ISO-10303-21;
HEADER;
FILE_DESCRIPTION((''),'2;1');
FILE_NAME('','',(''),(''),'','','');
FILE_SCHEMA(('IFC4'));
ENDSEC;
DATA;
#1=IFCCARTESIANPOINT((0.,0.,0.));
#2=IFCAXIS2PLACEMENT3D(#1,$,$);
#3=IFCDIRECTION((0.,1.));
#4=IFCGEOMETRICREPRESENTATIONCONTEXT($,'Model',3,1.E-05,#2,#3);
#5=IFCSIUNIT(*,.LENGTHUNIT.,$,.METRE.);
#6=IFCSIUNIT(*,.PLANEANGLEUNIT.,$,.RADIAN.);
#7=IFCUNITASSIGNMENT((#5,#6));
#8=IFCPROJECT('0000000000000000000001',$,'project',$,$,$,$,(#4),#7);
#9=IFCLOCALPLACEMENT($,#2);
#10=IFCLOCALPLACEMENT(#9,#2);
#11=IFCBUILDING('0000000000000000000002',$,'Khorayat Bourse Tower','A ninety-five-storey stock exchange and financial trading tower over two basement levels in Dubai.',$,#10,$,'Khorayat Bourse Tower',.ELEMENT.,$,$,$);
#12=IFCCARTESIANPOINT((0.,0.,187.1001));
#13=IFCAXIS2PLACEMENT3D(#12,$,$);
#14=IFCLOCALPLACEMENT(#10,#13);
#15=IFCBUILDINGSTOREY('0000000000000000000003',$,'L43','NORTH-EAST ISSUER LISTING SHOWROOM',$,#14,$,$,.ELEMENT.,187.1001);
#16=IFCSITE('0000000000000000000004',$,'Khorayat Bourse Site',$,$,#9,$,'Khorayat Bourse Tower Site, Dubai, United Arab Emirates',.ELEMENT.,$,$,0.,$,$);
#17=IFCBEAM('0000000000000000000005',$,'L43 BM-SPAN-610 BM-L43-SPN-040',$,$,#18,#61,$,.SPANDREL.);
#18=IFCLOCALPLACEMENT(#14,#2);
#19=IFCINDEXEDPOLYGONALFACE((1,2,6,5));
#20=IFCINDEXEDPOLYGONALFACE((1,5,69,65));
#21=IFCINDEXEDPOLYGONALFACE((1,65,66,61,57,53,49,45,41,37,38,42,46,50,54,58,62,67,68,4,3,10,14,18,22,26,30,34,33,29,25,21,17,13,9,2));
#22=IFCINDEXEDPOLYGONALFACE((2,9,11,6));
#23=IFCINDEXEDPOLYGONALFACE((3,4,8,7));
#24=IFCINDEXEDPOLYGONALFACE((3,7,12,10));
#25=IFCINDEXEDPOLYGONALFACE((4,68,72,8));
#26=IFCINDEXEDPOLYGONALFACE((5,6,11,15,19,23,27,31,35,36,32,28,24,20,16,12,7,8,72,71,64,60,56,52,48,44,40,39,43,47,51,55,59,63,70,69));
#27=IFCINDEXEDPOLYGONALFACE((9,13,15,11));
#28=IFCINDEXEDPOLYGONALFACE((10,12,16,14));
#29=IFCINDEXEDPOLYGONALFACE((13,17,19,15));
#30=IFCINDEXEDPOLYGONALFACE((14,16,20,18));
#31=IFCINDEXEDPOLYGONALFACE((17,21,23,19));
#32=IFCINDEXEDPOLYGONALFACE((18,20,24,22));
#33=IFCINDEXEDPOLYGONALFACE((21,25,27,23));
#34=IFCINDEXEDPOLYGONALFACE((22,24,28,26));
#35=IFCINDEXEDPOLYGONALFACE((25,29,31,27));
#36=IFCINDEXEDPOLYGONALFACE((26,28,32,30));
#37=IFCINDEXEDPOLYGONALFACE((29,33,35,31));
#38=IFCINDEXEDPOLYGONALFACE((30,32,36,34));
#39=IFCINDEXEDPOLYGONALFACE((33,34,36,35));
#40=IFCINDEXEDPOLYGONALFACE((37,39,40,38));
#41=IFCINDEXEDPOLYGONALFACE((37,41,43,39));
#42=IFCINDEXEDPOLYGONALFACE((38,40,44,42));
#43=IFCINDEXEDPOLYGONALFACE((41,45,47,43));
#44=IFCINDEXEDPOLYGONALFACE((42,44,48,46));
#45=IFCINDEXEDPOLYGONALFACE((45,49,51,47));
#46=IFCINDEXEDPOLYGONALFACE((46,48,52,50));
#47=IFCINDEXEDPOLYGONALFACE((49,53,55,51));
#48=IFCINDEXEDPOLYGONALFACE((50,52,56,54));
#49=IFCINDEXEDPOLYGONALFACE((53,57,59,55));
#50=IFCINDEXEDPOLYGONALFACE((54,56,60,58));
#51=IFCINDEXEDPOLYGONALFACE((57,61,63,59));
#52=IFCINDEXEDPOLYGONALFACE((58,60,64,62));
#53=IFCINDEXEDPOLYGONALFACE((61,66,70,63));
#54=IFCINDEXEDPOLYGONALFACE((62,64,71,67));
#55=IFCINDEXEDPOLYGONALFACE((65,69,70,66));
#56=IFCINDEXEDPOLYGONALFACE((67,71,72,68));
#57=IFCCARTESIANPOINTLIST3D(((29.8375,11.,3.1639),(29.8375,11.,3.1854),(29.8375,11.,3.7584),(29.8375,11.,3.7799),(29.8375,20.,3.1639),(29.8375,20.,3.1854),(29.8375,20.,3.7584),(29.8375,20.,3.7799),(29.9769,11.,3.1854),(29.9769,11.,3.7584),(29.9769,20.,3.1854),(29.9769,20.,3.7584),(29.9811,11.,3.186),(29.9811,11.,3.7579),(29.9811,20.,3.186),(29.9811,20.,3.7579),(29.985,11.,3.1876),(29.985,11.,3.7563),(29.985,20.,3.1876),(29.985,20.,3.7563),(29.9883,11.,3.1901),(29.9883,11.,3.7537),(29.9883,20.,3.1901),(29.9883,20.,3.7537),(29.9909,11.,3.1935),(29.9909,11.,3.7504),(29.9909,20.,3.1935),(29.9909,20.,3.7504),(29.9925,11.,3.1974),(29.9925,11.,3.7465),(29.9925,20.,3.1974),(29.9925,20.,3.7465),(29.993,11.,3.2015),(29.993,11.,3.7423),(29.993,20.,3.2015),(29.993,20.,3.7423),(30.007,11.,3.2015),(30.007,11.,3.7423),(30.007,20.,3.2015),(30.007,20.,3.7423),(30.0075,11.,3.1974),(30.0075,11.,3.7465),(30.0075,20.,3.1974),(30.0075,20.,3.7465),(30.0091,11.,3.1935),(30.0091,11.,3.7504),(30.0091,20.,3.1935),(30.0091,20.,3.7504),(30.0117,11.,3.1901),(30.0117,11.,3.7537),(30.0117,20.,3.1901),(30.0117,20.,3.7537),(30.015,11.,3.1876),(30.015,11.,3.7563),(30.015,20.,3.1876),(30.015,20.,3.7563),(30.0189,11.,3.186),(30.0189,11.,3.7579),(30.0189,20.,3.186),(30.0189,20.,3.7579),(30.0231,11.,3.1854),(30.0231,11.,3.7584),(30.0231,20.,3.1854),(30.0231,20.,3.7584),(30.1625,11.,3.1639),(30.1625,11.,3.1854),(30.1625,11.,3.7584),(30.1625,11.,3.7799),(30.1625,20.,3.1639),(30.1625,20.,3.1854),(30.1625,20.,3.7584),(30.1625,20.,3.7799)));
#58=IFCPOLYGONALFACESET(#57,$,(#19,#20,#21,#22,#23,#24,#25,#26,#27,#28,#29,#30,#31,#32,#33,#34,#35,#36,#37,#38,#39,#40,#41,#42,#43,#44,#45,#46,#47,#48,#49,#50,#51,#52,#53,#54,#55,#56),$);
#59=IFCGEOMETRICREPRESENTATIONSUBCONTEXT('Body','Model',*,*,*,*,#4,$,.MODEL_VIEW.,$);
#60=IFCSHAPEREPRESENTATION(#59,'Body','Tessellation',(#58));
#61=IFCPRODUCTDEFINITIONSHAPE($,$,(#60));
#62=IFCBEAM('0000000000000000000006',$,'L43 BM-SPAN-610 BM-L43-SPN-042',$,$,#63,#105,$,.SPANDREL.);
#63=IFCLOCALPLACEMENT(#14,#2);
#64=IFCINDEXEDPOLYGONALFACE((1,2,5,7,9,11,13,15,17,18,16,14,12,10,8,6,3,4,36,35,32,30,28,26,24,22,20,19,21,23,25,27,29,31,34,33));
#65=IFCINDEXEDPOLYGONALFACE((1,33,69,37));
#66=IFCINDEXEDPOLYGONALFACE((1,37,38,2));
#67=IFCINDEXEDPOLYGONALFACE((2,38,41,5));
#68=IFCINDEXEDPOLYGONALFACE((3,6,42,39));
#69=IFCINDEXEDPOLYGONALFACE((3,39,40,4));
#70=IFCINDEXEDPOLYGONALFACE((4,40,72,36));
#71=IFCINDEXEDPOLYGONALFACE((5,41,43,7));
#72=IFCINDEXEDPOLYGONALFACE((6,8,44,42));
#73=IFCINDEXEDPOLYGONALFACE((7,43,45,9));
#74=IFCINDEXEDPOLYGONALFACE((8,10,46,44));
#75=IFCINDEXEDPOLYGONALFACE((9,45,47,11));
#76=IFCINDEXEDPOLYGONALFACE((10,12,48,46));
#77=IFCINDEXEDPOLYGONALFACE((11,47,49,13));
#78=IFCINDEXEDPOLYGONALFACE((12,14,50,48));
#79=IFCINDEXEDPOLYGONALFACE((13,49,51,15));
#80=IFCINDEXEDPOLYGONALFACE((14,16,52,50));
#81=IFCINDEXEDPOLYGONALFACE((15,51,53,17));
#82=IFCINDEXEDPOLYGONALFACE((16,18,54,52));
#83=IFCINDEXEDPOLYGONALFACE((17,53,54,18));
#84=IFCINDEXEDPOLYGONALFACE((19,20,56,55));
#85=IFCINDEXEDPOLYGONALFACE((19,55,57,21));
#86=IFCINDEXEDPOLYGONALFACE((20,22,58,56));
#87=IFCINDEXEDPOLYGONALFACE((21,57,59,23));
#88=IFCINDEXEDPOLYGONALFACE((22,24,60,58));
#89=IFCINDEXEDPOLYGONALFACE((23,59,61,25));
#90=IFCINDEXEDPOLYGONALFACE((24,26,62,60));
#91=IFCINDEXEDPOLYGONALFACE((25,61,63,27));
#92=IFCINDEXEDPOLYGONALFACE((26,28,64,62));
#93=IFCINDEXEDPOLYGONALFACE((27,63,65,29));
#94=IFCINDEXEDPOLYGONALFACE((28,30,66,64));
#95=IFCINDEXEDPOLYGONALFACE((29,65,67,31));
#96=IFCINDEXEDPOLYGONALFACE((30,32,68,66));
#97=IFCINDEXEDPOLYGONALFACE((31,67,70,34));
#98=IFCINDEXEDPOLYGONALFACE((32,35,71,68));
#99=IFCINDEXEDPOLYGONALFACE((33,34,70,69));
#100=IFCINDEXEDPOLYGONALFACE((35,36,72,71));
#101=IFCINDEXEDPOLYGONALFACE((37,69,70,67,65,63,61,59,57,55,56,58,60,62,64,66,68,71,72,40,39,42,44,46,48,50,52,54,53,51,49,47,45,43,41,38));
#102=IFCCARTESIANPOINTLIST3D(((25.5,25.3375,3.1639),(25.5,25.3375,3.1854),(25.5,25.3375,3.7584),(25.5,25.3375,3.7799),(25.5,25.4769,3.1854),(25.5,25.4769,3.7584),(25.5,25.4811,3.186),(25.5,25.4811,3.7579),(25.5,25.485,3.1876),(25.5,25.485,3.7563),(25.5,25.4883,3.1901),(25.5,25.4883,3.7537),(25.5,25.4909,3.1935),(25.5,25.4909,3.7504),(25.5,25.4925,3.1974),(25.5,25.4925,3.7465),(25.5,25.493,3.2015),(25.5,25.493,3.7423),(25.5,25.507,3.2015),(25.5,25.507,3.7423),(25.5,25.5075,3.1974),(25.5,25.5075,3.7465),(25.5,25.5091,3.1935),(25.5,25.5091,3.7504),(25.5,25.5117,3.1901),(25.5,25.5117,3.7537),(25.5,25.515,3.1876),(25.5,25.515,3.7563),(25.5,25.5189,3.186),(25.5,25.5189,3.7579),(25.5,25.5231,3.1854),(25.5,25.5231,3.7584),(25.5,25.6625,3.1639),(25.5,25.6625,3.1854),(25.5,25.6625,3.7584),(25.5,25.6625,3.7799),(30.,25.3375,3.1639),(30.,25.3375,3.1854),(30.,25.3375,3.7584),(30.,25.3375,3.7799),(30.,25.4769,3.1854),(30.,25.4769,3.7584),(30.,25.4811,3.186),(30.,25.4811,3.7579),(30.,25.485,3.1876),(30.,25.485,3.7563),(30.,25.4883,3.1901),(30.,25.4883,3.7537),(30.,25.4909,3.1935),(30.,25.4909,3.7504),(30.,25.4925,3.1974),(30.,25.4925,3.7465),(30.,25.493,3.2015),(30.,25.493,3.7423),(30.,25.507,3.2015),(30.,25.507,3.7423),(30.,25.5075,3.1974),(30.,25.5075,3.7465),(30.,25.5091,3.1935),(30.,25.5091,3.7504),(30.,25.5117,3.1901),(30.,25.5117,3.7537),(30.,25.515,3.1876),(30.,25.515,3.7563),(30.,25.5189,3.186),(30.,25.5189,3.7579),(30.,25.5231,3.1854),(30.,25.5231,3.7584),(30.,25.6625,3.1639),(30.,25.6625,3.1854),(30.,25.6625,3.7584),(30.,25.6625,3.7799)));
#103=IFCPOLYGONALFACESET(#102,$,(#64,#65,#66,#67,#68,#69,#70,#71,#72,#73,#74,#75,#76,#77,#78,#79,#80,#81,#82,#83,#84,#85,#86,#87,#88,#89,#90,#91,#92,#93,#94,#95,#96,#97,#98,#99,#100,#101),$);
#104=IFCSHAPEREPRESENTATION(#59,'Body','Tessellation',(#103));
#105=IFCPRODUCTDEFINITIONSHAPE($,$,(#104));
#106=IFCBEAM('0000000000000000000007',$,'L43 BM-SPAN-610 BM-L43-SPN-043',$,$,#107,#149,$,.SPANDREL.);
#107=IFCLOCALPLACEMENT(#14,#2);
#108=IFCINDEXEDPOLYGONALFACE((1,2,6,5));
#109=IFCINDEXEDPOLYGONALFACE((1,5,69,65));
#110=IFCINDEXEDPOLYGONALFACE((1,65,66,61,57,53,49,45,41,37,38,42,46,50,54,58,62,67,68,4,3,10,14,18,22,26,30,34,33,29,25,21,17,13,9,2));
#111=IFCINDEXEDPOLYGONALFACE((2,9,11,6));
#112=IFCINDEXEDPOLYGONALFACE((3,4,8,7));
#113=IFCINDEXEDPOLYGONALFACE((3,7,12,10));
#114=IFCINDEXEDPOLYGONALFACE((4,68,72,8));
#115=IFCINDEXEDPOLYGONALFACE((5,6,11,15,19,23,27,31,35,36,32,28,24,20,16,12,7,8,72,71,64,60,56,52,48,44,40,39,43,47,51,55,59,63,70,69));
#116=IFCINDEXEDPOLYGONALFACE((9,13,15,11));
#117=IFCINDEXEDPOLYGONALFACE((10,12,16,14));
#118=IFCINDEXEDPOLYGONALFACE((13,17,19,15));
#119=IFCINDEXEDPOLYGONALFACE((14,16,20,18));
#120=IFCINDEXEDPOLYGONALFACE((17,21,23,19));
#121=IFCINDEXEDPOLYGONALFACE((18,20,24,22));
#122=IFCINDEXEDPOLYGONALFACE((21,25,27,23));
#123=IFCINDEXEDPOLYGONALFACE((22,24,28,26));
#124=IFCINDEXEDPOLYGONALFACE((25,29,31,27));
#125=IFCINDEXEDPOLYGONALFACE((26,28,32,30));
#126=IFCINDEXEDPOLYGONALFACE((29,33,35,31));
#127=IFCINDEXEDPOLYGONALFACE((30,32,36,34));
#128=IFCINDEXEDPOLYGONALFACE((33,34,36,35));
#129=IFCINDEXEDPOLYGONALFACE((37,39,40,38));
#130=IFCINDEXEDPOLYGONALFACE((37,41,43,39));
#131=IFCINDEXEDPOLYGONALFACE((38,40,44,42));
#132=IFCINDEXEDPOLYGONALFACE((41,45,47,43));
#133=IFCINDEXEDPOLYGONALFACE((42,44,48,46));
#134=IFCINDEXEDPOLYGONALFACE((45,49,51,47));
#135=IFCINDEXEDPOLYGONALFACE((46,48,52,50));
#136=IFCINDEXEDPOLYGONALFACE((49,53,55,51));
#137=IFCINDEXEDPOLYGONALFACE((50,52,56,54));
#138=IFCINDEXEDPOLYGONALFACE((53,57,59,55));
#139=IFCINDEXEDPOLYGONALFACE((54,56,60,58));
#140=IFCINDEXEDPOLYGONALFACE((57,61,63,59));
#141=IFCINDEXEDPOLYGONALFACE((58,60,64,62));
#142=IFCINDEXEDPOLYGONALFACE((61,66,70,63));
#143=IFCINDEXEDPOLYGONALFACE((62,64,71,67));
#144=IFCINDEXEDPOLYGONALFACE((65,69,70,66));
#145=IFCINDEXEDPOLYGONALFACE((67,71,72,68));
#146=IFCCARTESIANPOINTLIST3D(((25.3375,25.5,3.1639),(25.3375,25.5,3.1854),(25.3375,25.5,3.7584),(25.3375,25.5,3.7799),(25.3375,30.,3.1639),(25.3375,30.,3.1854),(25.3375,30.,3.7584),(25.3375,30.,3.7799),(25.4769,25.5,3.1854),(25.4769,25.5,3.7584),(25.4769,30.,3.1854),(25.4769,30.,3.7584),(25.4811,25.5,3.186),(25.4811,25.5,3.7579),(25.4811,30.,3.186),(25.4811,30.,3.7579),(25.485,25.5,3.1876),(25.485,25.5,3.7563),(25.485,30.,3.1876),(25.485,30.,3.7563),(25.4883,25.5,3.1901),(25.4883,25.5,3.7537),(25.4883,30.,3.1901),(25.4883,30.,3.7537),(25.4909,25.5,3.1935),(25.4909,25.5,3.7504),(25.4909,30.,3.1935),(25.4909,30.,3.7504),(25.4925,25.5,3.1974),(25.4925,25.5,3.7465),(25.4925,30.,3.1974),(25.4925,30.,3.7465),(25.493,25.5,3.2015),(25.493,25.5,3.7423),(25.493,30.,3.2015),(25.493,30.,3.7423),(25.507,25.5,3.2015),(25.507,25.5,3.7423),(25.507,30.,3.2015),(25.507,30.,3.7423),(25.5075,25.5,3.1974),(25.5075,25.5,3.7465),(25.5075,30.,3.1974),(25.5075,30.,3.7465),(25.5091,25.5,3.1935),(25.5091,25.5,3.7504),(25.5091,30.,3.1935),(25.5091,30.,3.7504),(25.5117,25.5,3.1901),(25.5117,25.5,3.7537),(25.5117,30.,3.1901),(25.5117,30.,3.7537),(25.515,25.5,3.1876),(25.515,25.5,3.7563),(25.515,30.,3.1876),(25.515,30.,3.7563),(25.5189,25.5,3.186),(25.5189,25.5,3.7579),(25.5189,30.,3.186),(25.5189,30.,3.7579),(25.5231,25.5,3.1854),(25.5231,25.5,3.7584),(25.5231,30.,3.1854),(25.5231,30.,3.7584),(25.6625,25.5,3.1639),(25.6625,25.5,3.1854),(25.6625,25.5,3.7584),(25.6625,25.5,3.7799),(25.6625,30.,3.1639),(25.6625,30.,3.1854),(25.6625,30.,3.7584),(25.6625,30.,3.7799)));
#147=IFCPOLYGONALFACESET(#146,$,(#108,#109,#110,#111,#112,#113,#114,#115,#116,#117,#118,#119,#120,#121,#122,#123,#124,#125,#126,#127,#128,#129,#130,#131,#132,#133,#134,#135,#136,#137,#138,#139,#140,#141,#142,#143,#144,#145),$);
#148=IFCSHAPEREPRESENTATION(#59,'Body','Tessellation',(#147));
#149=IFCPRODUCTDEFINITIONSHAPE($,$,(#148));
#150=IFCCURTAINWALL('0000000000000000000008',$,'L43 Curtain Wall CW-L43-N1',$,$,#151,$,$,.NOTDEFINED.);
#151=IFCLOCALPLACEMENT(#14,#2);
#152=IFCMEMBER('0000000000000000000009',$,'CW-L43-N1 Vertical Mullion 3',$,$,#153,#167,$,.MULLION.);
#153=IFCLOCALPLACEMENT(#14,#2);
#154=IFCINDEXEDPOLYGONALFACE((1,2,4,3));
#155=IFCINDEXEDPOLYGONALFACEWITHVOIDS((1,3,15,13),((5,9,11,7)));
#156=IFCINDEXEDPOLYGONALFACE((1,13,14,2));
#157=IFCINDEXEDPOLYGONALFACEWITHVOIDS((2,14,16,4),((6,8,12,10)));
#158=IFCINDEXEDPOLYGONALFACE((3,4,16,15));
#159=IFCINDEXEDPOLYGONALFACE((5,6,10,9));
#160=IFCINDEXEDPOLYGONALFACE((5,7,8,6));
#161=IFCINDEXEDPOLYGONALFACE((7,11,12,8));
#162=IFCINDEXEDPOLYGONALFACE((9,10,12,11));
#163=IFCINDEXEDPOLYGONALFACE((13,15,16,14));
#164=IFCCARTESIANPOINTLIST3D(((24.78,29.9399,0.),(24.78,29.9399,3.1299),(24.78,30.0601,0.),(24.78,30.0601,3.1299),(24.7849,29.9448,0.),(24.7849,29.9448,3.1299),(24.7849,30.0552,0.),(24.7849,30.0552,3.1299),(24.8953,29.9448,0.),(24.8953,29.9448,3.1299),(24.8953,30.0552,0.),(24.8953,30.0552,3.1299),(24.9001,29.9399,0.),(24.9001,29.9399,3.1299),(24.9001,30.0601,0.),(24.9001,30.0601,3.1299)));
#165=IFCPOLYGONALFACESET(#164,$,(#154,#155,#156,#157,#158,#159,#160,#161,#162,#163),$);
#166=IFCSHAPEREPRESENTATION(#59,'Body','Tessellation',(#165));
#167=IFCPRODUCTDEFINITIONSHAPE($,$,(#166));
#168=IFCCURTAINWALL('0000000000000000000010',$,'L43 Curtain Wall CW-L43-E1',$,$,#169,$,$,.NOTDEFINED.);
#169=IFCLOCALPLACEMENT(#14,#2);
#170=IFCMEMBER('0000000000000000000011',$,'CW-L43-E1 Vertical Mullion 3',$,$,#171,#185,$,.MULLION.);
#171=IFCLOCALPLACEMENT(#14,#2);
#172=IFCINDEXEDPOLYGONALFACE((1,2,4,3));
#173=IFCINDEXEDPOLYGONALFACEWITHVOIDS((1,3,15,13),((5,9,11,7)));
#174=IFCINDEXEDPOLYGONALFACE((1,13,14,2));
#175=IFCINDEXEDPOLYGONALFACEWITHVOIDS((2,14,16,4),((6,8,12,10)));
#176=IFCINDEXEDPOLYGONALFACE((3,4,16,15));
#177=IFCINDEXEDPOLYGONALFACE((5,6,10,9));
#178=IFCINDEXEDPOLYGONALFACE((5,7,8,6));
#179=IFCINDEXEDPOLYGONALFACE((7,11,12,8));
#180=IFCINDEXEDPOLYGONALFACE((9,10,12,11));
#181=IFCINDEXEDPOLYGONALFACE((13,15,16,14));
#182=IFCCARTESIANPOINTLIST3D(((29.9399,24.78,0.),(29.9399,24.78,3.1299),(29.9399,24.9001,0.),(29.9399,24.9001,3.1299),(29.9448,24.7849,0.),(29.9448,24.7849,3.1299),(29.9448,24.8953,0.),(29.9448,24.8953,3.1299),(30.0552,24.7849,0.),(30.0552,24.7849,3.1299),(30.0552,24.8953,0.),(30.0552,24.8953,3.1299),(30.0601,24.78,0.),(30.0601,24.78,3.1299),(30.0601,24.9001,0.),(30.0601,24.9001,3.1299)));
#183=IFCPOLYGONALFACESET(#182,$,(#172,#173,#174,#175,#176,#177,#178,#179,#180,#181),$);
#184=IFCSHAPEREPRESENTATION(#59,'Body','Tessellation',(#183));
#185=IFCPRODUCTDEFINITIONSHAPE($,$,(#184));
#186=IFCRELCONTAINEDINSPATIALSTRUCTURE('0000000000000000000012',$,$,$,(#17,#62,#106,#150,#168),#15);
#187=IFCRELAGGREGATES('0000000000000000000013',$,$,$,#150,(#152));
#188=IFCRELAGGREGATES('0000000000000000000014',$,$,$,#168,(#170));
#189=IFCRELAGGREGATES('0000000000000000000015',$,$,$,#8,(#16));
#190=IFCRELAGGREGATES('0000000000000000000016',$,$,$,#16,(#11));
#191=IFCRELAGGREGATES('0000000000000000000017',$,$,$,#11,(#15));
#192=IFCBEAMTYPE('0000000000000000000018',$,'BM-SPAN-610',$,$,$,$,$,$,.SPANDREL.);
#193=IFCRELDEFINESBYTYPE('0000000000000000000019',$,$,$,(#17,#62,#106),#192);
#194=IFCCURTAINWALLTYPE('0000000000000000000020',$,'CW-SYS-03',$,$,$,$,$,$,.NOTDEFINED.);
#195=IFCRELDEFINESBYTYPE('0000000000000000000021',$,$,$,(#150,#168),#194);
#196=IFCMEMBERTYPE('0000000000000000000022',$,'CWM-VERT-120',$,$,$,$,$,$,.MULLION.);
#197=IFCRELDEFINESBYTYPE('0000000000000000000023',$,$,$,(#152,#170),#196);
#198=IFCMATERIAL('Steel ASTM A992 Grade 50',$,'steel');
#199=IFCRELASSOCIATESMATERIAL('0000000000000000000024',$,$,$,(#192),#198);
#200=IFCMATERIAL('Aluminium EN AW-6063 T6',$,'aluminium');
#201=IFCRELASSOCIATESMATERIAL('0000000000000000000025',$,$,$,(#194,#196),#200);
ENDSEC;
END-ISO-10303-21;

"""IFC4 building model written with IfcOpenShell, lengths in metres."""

from ifc_helpers import new_model, si_unit, direction, frame, origin, origin_2d, place, context, subcontext, project, spatial, hollow_rectangle, i_section, extrude, source, transform, mapped, material, material_profile, profile_set, type_object, element, aggregate, save


model = new_model("IFC4")

# Units and contexts
model_context = context("Model", 3, precision=1e-05, world=origin(), true_north=direction((0.0, 1.0)))
body_context = subcontext(model_context, "Body", "Model", "MODEL_VIEW")
ifc_project = project(units=[si_unit("LENGTHUNIT", "METRE"), si_unit("PLANEANGLEUNIT", "RADIAN")], contexts=[model_context])

# Site, building, storey
site_placement = place(None, origin())
site = spatial("IfcSite", under=ifc_project, at=site_placement, Name="Khorayat Bourse Site", LongName="Khorayat Bourse Tower Site, Dubai, United Arab Emirates", CompositionType="ELEMENT", RefElevation=0.0)
building_placement = place(site_placement, origin())
building = spatial("IfcBuilding", under=site, at=building_placement, Name="Khorayat Bourse Tower", Description="A ninety-five-storey stock exchange and financial trading tower over two basement levels in Dubai.", LongName="Khorayat Bourse Tower", CompositionType="ELEMENT")
storey_placement = place(building_placement, frame((0.0, 0.0, 187.1001)))
storey = spatial("IfcBuildingStorey", under=building, at=storey_placement, Name="L43", Description="NORTH-EAST ISSUER LISTING SHOWROOM", CompositionType="ELEMENT", Elevation=187.1001)

# Beams
ifc_material_1 = material(Name="Steel ASTM A992 Grade 50", Category="steel")
ifc_material_profile_1 = material_profile(ifc_material_1, i_section(OverallWidth=0.325, OverallDepth=0.616, WebThickness=0.0139, FlangeThickness=0.0215, FilletRadius=0.0161, at=origin_2d()), Name="W610X174")
ifc_profile_set_1 = profile_set([ifc_material_profile_1], Name="Steel ASTM A992 Grade 50")
beam_type_1 = type_object("IfcBeamType", Name="BM-SPAN-610", PredefinedType="SPANDREL", material=ifc_profile_set_1)
shared_shape_1 = source(origin(), body_context, "Body", "SweptSolid", [
    extrude(i_section(OverallWidth=0.325, OverallDepth=0.616, WebThickness=0.0139, FlangeThickness=0.0215, FilletRadius=0.0161, at=origin_2d()), origin(), (0.0, 0.0, 1.0), 9.0),
])
beam_1_placement = place(storey_placement, frame((30.0, 11.0, 3.4719), z_axis=(0.0, 1.0, 0.0), x_axis=(-1.0, 0.0, 0.0)))
element("IfcBeam", 1, at=beam_1_placement, inside=storey, type_object=beam_type_1, Name="L43 BM-SPAN-610 BM-L43-SPN-040", PredefinedType="SPANDREL", context=body_context, shape_type="MappedRepresentation", body=[
    mapped(shared_shape_1, transform((0.0, 0.0, 0.0), scale=1.0)),
])
shared_shape_2 = source(origin(), body_context, "Body", "SweptSolid", [
    extrude(i_section(OverallWidth=0.325, OverallDepth=0.616, WebThickness=0.0139, FlangeThickness=0.0215, FilletRadius=0.0161, at=origin_2d()), origin(), (0.0, 0.0, 1.0), 4.5),
])
for number, where, z_axis, x_axis, name in (
    (2, (25.5, 25.5, 3.4719), (1.0, 0.0, 0.0), (0.0, 1.0, 0.0), "L43 BM-SPAN-610 BM-L43-SPN-042"),
    (3, (25.5, 25.5, 3.4719), (0.0, 1.0, 0.0), (-1.0, 0.0, 0.0), "L43 BM-SPAN-610 BM-L43-SPN-043"),
):
    element("IfcBeam", number, at=place(storey_placement, frame(where, z_axis=z_axis, x_axis=x_axis)), inside=storey, type_object=beam_type_1, Name=name, PredefinedType="SPANDREL", context=body_context, shape_type="MappedRepresentation", body=[
        mapped(shared_shape_2, transform((0.0, 0.0, 0.0), scale=1.0)),
    ])

# Curtain wall, member
ifc_material_2 = material(Name="Aluminium EN AW-6063 T6", Category="aluminium")
curtain_wall_type = type_object("IfcCurtainWallType", Name="CW-SYS-03", PredefinedType="NOTDEFINED", material=ifc_material_2)
curtain_wall_1_placement = place(storey_placement, origin())
curtain_wall_1 = element("IfcCurtainWall", 4, at=curtain_wall_1_placement, inside=storey, type_object=curtain_wall_type, Name="L43 Curtain Wall CW-L43-N1", PredefinedType="NOTDEFINED")
ifc_material_profile_2 = material_profile(ifc_material_2, hollow_rectangle(XDim=0.1201, YDim=0.1201, WallThickness=0.0049, at=origin_2d()), Name="ALU 120x120x5")
ifc_profile_set_2 = profile_set([ifc_material_profile_2], Name="Aluminium EN AW-6063 T6")
member_type_1 = type_object("IfcMemberType", Name="CWM-VERT-120", PredefinedType="MULLION", material=ifc_profile_set_2)
shared_shape_3 = source(origin(), body_context, "Body", "SweptSolid", [
    extrude(hollow_rectangle(XDim=0.1201, YDim=0.1201, WallThickness=0.0049, at=origin_2d()), origin(), (0.0, 0.0, 1.0), 3.1299),
])
member_1_placement = place(storey_placement, frame((24.8401, 30.0, 0.0), z_axis=(0.0, 0.0, 1.0), x_axis=(0.0, 1.0, 0.0)))
member_1 = element("IfcMember", 5, at=member_1_placement, type_object=member_type_1, Name="CW-L43-N1 Vertical Mullion 3", PredefinedType="MULLION", context=body_context, shape_type="MappedRepresentation", body=[
    mapped(shared_shape_3, transform((0.0, 0.0, 0.0), scale=1.0)),
])
aggregate(curtain_wall_1, [member_1])

# Curtain wall, member
curtain_wall_2_placement = place(storey_placement, origin())
curtain_wall_2 = element("IfcCurtainWall", 6, at=curtain_wall_2_placement, inside=storey, type_object=curtain_wall_type, Name="L43 Curtain Wall CW-L43-E1", PredefinedType="NOTDEFINED")
member_2_placement = place(storey_placement, frame((30.0, 24.8401, 0.0), z_axis=(0.0, 0.0, 1.0), x_axis=(-1.0, 0.0, 0.0)))
member_2 = element("IfcMember", 7, at=member_2_placement, type_object=member_type_1, Name="CW-L43-E1 Vertical Mullion 3", PredefinedType="MULLION", context=body_context, shape_type="MappedRepresentation", body=[
    mapped(shared_shape_3, transform((0.0, 0.0, 0.0), scale=1.0)),
])

aggregate(curtain_wall_2, [member_2])

save(model, "model.ifc")
